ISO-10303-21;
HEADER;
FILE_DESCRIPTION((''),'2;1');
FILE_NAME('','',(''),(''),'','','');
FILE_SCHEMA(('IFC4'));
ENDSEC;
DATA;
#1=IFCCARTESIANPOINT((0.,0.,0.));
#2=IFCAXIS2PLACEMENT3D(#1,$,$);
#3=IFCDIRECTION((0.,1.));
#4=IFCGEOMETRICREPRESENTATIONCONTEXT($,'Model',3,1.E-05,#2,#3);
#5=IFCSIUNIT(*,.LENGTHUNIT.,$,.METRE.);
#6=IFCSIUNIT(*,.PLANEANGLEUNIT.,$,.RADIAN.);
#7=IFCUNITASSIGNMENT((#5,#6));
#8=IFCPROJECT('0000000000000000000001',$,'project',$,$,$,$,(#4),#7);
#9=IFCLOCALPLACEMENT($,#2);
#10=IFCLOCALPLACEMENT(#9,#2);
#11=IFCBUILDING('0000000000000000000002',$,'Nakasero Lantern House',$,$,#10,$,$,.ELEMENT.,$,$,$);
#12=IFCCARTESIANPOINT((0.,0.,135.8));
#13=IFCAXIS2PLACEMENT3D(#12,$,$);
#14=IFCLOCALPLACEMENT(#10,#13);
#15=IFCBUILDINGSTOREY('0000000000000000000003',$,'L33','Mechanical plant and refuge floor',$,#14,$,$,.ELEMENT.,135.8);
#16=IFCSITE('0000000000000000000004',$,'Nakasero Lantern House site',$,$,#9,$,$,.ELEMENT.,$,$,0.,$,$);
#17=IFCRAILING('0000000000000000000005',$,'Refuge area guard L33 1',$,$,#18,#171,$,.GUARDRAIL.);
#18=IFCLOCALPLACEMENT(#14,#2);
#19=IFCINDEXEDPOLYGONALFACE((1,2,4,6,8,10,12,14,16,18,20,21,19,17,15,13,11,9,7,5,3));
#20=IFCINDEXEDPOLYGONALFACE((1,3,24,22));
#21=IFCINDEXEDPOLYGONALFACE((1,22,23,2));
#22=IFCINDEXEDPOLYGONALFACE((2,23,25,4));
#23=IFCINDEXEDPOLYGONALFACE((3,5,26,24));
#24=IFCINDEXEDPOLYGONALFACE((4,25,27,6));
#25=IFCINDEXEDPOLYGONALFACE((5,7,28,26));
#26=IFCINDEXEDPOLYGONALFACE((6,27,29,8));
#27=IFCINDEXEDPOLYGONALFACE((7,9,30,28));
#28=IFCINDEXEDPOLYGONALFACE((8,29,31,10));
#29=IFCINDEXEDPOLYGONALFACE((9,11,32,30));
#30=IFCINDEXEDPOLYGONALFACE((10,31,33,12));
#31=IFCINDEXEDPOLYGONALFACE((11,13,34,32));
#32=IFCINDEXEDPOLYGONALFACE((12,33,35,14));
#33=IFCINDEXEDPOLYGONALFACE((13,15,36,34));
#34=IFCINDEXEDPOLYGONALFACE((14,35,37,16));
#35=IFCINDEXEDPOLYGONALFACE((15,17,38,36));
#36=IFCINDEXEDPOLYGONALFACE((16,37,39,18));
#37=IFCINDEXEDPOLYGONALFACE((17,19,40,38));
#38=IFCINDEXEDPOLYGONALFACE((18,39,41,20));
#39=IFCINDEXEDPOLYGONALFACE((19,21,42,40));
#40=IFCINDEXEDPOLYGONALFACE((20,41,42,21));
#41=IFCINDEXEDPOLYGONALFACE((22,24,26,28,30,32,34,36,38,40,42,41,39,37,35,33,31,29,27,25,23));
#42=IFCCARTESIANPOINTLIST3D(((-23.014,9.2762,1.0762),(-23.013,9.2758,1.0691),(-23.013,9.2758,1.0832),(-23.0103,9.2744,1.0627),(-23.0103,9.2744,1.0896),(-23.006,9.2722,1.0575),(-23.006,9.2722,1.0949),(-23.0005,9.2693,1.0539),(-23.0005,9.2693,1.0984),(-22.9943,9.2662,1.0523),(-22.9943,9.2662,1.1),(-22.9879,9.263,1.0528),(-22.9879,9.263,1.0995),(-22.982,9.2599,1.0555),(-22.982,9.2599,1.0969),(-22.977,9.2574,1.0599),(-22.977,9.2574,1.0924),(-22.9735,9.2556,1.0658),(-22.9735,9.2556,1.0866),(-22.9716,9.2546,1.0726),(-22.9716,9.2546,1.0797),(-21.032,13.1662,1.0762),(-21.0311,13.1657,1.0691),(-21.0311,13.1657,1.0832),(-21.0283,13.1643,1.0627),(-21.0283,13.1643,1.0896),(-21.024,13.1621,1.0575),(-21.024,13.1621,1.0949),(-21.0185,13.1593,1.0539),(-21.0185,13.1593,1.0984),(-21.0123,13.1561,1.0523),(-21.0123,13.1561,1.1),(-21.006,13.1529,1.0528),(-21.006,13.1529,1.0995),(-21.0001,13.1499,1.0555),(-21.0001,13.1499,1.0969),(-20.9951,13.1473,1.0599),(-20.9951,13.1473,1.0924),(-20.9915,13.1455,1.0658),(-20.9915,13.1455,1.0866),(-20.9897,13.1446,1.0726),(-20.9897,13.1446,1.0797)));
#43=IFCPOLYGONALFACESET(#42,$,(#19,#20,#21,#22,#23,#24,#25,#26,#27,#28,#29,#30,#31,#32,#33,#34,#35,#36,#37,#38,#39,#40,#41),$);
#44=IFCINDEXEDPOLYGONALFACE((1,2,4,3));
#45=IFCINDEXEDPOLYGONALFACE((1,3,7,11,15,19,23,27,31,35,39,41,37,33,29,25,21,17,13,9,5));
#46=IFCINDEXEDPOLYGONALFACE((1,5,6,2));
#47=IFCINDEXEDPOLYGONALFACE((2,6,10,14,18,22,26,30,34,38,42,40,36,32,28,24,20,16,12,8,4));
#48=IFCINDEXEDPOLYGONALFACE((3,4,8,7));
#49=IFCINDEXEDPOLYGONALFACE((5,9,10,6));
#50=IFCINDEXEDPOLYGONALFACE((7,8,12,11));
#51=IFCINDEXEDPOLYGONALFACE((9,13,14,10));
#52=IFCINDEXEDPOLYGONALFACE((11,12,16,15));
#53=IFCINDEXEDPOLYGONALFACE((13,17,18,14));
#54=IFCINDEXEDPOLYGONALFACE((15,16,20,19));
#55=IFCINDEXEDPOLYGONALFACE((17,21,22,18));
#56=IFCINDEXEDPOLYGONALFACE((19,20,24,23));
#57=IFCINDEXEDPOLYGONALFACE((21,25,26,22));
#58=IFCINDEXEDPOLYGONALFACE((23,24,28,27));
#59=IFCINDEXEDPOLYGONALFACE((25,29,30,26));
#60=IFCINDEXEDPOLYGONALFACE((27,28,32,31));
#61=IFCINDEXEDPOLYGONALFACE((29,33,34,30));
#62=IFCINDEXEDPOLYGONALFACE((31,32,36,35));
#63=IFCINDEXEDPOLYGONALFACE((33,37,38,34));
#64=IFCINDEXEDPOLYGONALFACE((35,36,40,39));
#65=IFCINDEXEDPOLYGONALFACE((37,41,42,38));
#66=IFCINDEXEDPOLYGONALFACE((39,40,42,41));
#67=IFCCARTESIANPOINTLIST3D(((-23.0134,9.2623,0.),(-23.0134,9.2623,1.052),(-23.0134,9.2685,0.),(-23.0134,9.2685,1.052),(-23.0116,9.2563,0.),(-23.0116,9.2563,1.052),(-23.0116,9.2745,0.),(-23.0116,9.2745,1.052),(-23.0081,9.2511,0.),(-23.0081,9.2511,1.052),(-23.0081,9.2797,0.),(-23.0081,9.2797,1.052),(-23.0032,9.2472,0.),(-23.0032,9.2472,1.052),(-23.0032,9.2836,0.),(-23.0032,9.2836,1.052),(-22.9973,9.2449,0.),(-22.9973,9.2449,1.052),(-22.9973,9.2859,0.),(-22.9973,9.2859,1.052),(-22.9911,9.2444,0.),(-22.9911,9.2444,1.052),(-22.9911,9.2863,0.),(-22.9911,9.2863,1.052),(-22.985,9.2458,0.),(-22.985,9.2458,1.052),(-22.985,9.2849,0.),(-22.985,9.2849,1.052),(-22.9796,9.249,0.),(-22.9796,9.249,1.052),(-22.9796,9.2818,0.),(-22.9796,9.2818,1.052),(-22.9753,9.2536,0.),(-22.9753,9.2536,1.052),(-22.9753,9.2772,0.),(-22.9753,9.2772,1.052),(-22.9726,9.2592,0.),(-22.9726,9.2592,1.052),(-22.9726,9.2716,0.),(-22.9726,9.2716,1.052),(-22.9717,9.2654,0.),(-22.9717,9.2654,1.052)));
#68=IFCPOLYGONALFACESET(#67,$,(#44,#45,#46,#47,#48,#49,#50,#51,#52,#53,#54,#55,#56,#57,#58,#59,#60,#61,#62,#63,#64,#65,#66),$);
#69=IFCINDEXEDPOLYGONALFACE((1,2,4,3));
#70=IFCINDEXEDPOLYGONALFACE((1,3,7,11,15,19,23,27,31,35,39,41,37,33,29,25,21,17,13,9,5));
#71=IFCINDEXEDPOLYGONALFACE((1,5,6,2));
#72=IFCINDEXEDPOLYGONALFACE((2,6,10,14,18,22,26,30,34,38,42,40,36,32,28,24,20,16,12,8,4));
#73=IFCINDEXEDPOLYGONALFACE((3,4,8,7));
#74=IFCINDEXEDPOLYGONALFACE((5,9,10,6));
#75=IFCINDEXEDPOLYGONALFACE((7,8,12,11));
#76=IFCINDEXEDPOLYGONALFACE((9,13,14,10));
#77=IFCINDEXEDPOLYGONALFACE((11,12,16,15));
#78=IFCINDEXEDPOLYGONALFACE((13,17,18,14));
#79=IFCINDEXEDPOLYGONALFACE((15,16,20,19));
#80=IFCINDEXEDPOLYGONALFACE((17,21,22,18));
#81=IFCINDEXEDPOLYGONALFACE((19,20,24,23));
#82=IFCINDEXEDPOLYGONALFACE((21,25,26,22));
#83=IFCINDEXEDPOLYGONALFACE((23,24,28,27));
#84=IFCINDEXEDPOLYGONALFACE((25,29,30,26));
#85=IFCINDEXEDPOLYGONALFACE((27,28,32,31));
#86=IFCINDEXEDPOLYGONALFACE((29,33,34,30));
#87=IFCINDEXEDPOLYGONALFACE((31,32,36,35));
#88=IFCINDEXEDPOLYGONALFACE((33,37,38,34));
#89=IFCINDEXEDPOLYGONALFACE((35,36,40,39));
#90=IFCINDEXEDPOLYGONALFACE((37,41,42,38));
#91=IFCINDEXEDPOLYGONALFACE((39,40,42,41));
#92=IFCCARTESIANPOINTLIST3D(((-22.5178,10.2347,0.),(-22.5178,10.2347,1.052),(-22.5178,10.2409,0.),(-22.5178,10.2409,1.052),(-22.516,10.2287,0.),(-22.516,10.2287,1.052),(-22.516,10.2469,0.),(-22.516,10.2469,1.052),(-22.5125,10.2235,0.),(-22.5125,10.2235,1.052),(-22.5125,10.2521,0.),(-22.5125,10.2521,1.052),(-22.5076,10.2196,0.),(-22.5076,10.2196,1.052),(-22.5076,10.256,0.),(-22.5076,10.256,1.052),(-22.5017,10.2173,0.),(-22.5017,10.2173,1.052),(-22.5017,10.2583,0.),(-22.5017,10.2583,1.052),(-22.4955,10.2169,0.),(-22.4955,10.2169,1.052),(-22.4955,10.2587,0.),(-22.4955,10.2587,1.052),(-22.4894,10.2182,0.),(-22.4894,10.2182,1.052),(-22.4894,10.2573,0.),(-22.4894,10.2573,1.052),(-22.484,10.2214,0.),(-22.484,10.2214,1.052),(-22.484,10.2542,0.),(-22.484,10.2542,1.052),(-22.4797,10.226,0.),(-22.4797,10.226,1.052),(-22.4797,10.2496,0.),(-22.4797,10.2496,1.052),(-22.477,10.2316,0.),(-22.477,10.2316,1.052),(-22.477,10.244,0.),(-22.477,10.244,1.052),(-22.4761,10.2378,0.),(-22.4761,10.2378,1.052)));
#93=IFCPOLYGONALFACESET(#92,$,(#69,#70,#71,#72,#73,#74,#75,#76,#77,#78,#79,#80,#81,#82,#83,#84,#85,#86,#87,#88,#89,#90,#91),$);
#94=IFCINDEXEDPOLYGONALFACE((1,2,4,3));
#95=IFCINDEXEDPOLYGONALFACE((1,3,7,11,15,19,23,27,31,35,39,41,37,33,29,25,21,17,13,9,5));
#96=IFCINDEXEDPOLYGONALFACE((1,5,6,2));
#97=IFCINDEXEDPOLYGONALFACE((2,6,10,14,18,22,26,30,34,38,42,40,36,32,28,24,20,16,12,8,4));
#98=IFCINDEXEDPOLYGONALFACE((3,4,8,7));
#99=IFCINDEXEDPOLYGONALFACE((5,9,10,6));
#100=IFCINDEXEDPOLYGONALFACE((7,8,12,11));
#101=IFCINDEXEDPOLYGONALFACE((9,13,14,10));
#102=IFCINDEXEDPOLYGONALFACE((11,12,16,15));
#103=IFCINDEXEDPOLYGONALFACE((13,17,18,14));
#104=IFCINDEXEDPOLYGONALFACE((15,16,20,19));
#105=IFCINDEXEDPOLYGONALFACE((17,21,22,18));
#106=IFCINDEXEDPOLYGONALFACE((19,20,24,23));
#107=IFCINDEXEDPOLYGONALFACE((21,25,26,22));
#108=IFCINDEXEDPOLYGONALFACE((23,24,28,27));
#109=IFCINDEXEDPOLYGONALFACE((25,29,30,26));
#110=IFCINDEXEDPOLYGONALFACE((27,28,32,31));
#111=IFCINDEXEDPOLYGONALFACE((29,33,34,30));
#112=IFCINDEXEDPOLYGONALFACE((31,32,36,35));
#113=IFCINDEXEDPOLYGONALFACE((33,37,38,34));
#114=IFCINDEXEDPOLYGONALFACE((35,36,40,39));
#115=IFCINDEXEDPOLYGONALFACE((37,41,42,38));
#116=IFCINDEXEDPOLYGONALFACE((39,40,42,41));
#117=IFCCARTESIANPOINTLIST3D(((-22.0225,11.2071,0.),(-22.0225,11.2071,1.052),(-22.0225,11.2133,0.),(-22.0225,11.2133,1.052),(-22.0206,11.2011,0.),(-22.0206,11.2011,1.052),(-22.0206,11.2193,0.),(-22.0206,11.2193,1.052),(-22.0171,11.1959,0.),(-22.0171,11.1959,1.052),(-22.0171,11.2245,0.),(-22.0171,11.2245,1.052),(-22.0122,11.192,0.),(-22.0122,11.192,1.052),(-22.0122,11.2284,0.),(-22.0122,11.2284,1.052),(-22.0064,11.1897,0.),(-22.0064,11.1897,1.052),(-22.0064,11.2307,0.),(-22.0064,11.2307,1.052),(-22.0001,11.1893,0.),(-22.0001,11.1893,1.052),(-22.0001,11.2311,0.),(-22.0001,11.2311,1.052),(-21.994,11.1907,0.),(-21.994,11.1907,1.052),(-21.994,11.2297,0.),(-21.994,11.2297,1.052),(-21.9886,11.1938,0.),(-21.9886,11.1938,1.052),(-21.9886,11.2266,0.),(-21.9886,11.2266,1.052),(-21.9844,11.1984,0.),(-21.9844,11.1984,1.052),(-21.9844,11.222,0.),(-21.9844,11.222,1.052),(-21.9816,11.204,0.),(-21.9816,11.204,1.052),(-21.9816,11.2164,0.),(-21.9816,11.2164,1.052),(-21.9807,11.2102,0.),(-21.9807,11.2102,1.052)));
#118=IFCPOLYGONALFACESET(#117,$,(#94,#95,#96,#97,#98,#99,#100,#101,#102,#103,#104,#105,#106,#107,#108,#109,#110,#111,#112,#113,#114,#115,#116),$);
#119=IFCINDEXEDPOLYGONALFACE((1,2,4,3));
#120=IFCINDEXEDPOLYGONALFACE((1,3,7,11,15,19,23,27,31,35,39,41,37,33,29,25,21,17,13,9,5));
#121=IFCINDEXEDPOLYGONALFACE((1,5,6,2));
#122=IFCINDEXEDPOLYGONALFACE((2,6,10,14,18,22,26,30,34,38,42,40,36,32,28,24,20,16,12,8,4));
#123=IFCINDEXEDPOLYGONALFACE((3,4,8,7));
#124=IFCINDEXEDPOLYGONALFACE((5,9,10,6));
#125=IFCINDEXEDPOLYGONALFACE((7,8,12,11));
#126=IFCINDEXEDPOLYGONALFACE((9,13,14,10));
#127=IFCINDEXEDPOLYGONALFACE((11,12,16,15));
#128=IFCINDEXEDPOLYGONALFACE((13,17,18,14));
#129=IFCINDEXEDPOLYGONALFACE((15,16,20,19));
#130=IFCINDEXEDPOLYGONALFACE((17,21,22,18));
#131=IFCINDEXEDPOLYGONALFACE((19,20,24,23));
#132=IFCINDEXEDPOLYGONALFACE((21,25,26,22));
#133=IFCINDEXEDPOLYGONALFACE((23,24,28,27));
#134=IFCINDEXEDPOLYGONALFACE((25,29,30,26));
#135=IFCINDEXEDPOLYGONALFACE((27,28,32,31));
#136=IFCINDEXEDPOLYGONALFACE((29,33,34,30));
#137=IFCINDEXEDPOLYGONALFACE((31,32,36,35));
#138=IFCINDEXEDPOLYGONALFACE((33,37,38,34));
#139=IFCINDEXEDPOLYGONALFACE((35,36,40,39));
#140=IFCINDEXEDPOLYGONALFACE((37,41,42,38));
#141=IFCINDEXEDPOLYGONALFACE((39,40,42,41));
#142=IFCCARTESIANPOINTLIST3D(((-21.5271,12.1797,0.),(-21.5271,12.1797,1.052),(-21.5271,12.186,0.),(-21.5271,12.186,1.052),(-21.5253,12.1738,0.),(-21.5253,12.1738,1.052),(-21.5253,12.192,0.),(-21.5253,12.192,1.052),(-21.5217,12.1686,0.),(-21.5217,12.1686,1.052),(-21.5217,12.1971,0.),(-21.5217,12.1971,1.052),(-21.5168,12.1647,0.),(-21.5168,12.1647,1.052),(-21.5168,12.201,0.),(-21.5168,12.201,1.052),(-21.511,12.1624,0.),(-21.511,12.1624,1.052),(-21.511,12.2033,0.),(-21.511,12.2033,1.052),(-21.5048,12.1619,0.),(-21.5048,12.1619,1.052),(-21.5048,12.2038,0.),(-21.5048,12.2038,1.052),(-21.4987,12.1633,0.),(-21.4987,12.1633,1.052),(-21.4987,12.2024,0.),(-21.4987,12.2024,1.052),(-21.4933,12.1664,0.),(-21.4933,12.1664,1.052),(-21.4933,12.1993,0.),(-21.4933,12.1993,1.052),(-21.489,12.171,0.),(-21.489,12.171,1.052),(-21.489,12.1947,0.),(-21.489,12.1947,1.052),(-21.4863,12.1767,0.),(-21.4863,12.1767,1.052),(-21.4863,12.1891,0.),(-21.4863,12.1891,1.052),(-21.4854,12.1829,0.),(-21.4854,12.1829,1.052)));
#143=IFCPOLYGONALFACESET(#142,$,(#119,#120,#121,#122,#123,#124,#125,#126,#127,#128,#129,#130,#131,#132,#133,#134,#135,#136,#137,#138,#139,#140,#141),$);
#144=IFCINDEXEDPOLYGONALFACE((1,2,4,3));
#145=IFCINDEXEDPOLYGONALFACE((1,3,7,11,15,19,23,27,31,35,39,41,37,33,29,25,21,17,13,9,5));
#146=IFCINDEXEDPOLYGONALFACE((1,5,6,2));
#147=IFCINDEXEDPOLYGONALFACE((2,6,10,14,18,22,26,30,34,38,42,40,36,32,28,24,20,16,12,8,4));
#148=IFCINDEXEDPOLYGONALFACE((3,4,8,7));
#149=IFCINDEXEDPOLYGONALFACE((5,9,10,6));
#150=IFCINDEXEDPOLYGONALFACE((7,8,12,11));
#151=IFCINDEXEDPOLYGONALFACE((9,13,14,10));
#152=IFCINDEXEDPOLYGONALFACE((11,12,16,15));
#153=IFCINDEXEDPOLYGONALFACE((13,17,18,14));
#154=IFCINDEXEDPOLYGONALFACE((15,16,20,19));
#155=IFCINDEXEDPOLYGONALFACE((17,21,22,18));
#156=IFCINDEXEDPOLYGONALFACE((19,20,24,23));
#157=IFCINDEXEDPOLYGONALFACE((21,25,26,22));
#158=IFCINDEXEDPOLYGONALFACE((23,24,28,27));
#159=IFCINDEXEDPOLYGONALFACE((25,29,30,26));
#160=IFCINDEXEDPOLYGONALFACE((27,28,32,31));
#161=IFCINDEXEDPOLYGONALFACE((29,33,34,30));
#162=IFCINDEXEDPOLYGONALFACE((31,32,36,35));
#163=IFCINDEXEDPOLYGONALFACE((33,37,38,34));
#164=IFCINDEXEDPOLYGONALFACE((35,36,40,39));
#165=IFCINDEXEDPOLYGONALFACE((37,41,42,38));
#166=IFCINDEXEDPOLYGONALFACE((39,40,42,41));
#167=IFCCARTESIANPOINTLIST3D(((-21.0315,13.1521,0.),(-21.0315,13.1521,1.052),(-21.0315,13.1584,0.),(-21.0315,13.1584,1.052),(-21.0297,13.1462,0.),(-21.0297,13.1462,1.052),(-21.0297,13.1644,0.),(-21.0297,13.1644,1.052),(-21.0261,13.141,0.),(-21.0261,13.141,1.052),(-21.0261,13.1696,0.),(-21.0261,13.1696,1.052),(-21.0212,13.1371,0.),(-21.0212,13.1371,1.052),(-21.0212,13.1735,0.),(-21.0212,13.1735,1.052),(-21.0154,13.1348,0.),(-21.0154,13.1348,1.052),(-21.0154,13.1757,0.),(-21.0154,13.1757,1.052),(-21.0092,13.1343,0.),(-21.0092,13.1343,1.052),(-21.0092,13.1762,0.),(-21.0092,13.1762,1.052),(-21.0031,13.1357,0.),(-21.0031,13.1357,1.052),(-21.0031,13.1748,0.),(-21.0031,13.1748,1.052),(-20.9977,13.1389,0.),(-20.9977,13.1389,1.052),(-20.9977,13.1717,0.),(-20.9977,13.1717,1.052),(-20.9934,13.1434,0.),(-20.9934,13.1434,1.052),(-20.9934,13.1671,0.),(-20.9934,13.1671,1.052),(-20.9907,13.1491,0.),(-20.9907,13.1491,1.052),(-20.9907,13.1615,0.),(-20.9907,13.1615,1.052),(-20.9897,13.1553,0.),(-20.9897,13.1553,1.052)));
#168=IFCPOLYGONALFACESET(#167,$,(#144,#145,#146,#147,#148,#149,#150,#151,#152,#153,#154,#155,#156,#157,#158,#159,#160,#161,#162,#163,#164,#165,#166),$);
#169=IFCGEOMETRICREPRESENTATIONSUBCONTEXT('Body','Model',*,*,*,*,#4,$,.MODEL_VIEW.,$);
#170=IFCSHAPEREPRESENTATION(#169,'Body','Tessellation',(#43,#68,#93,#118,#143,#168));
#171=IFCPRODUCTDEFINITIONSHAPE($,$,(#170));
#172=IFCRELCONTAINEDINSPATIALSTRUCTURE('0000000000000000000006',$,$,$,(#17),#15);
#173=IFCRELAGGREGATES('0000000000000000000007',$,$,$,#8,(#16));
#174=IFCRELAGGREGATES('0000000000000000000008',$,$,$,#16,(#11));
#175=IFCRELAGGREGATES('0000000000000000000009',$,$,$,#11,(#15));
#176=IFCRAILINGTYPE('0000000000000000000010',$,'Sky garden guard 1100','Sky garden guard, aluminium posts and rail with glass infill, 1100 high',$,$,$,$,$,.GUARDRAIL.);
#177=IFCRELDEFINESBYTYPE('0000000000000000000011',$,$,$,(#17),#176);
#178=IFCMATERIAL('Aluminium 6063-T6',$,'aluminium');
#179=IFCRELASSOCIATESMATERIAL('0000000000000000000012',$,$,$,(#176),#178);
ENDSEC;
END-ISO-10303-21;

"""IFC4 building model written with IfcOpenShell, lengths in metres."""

from ifc_helpers import new_model, si_unit, direction, frame, origin, origin_2d, place, context, subcontext, project, spatial, circle, extrude, material, type_object, element, save


model = new_model("IFC4")

# Units and contexts
model_context = context("Model", 3, precision=1e-05, world=origin(), true_north=direction((0.0, 1.0)))
body_context = subcontext(model_context, "Body", "Model", "MODEL_VIEW")
ifc_project = project(units=[si_unit("LENGTHUNIT", "METRE"), si_unit("PLANEANGLEUNIT", "RADIAN")], contexts=[model_context])

# Site, building, storey
site_placement = place(None, origin())
site = spatial("IfcSite", under=ifc_project, at=site_placement, Name="Nakasero Lantern House site", CompositionType="ELEMENT", RefElevation=0.0)
building_placement = place(site_placement, origin())
building = spatial("IfcBuilding", under=site, at=building_placement, Name="Nakasero Lantern House", CompositionType="ELEMENT")
storey_placement = place(building_placement, frame((0.0, 0.0, 135.8)))
storey = spatial("IfcBuildingStorey", under=building, at=storey_placement, Name="L33", Description="Mechanical plant and refuge floor", CompositionType="ELEMENT", Elevation=135.8)

# Railing
ifc_material_1 = material(Name="Aluminium 6063-T6", Category="aluminium")
railing_type = type_object("IfcRailingType", Name="Sky garden guard 1100", Description="Sky garden guard, aluminium posts and rail with glass infill, 1100 high", PredefinedType="GUARDRAIL", material=ifc_material_1)
railing_1_placement = place(storey_placement, frame((-22.9927, 9.2654, 0.0)))
element("IfcRailing", 1, at=railing_1_placement, inside=storey, type_object=railing_type, Name="Refuge area guard L33 1", PredefinedType="GUARDRAIL", context=body_context, shape_type="SweptSolid", body=[
    extrude(circle(Radius=0.0239, at=origin_2d()), frame((0.0, 0.0, 1.0762), z_axis=(0.453979, 0.891013, 0.0), x_axis=(-0.891013, 0.453979, 0.0)), (0.0, 0.0, 1.0), 4.3657),
    extrude(circle(Radius=0.021, at=origin_2d()), origin(), (0.0, 0.0, 1.0), 1.052),
    extrude(circle(Radius=0.021, at=origin_2d()), frame((0.4956, 0.9724, 0.0)), (0.0, 0.0, 1.0), 1.052),
    extrude(circle(Radius=0.021, at=origin_2d()), frame((0.991, 1.9448, 0.0)), (0.0, 0.0, 1.0), 1.052),
    extrude(circle(Radius=0.021, at=origin_2d()), frame((1.4863, 2.9175, 0.0)), (0.0, 0.0, 1.0), 1.052),
    extrude(circle(Radius=0.021, at=origin_2d()), frame((1.9819, 3.8899, 0.0)), (0.0, 0.0, 1.0), 1.052),
])

save(model, "model.ifc")
